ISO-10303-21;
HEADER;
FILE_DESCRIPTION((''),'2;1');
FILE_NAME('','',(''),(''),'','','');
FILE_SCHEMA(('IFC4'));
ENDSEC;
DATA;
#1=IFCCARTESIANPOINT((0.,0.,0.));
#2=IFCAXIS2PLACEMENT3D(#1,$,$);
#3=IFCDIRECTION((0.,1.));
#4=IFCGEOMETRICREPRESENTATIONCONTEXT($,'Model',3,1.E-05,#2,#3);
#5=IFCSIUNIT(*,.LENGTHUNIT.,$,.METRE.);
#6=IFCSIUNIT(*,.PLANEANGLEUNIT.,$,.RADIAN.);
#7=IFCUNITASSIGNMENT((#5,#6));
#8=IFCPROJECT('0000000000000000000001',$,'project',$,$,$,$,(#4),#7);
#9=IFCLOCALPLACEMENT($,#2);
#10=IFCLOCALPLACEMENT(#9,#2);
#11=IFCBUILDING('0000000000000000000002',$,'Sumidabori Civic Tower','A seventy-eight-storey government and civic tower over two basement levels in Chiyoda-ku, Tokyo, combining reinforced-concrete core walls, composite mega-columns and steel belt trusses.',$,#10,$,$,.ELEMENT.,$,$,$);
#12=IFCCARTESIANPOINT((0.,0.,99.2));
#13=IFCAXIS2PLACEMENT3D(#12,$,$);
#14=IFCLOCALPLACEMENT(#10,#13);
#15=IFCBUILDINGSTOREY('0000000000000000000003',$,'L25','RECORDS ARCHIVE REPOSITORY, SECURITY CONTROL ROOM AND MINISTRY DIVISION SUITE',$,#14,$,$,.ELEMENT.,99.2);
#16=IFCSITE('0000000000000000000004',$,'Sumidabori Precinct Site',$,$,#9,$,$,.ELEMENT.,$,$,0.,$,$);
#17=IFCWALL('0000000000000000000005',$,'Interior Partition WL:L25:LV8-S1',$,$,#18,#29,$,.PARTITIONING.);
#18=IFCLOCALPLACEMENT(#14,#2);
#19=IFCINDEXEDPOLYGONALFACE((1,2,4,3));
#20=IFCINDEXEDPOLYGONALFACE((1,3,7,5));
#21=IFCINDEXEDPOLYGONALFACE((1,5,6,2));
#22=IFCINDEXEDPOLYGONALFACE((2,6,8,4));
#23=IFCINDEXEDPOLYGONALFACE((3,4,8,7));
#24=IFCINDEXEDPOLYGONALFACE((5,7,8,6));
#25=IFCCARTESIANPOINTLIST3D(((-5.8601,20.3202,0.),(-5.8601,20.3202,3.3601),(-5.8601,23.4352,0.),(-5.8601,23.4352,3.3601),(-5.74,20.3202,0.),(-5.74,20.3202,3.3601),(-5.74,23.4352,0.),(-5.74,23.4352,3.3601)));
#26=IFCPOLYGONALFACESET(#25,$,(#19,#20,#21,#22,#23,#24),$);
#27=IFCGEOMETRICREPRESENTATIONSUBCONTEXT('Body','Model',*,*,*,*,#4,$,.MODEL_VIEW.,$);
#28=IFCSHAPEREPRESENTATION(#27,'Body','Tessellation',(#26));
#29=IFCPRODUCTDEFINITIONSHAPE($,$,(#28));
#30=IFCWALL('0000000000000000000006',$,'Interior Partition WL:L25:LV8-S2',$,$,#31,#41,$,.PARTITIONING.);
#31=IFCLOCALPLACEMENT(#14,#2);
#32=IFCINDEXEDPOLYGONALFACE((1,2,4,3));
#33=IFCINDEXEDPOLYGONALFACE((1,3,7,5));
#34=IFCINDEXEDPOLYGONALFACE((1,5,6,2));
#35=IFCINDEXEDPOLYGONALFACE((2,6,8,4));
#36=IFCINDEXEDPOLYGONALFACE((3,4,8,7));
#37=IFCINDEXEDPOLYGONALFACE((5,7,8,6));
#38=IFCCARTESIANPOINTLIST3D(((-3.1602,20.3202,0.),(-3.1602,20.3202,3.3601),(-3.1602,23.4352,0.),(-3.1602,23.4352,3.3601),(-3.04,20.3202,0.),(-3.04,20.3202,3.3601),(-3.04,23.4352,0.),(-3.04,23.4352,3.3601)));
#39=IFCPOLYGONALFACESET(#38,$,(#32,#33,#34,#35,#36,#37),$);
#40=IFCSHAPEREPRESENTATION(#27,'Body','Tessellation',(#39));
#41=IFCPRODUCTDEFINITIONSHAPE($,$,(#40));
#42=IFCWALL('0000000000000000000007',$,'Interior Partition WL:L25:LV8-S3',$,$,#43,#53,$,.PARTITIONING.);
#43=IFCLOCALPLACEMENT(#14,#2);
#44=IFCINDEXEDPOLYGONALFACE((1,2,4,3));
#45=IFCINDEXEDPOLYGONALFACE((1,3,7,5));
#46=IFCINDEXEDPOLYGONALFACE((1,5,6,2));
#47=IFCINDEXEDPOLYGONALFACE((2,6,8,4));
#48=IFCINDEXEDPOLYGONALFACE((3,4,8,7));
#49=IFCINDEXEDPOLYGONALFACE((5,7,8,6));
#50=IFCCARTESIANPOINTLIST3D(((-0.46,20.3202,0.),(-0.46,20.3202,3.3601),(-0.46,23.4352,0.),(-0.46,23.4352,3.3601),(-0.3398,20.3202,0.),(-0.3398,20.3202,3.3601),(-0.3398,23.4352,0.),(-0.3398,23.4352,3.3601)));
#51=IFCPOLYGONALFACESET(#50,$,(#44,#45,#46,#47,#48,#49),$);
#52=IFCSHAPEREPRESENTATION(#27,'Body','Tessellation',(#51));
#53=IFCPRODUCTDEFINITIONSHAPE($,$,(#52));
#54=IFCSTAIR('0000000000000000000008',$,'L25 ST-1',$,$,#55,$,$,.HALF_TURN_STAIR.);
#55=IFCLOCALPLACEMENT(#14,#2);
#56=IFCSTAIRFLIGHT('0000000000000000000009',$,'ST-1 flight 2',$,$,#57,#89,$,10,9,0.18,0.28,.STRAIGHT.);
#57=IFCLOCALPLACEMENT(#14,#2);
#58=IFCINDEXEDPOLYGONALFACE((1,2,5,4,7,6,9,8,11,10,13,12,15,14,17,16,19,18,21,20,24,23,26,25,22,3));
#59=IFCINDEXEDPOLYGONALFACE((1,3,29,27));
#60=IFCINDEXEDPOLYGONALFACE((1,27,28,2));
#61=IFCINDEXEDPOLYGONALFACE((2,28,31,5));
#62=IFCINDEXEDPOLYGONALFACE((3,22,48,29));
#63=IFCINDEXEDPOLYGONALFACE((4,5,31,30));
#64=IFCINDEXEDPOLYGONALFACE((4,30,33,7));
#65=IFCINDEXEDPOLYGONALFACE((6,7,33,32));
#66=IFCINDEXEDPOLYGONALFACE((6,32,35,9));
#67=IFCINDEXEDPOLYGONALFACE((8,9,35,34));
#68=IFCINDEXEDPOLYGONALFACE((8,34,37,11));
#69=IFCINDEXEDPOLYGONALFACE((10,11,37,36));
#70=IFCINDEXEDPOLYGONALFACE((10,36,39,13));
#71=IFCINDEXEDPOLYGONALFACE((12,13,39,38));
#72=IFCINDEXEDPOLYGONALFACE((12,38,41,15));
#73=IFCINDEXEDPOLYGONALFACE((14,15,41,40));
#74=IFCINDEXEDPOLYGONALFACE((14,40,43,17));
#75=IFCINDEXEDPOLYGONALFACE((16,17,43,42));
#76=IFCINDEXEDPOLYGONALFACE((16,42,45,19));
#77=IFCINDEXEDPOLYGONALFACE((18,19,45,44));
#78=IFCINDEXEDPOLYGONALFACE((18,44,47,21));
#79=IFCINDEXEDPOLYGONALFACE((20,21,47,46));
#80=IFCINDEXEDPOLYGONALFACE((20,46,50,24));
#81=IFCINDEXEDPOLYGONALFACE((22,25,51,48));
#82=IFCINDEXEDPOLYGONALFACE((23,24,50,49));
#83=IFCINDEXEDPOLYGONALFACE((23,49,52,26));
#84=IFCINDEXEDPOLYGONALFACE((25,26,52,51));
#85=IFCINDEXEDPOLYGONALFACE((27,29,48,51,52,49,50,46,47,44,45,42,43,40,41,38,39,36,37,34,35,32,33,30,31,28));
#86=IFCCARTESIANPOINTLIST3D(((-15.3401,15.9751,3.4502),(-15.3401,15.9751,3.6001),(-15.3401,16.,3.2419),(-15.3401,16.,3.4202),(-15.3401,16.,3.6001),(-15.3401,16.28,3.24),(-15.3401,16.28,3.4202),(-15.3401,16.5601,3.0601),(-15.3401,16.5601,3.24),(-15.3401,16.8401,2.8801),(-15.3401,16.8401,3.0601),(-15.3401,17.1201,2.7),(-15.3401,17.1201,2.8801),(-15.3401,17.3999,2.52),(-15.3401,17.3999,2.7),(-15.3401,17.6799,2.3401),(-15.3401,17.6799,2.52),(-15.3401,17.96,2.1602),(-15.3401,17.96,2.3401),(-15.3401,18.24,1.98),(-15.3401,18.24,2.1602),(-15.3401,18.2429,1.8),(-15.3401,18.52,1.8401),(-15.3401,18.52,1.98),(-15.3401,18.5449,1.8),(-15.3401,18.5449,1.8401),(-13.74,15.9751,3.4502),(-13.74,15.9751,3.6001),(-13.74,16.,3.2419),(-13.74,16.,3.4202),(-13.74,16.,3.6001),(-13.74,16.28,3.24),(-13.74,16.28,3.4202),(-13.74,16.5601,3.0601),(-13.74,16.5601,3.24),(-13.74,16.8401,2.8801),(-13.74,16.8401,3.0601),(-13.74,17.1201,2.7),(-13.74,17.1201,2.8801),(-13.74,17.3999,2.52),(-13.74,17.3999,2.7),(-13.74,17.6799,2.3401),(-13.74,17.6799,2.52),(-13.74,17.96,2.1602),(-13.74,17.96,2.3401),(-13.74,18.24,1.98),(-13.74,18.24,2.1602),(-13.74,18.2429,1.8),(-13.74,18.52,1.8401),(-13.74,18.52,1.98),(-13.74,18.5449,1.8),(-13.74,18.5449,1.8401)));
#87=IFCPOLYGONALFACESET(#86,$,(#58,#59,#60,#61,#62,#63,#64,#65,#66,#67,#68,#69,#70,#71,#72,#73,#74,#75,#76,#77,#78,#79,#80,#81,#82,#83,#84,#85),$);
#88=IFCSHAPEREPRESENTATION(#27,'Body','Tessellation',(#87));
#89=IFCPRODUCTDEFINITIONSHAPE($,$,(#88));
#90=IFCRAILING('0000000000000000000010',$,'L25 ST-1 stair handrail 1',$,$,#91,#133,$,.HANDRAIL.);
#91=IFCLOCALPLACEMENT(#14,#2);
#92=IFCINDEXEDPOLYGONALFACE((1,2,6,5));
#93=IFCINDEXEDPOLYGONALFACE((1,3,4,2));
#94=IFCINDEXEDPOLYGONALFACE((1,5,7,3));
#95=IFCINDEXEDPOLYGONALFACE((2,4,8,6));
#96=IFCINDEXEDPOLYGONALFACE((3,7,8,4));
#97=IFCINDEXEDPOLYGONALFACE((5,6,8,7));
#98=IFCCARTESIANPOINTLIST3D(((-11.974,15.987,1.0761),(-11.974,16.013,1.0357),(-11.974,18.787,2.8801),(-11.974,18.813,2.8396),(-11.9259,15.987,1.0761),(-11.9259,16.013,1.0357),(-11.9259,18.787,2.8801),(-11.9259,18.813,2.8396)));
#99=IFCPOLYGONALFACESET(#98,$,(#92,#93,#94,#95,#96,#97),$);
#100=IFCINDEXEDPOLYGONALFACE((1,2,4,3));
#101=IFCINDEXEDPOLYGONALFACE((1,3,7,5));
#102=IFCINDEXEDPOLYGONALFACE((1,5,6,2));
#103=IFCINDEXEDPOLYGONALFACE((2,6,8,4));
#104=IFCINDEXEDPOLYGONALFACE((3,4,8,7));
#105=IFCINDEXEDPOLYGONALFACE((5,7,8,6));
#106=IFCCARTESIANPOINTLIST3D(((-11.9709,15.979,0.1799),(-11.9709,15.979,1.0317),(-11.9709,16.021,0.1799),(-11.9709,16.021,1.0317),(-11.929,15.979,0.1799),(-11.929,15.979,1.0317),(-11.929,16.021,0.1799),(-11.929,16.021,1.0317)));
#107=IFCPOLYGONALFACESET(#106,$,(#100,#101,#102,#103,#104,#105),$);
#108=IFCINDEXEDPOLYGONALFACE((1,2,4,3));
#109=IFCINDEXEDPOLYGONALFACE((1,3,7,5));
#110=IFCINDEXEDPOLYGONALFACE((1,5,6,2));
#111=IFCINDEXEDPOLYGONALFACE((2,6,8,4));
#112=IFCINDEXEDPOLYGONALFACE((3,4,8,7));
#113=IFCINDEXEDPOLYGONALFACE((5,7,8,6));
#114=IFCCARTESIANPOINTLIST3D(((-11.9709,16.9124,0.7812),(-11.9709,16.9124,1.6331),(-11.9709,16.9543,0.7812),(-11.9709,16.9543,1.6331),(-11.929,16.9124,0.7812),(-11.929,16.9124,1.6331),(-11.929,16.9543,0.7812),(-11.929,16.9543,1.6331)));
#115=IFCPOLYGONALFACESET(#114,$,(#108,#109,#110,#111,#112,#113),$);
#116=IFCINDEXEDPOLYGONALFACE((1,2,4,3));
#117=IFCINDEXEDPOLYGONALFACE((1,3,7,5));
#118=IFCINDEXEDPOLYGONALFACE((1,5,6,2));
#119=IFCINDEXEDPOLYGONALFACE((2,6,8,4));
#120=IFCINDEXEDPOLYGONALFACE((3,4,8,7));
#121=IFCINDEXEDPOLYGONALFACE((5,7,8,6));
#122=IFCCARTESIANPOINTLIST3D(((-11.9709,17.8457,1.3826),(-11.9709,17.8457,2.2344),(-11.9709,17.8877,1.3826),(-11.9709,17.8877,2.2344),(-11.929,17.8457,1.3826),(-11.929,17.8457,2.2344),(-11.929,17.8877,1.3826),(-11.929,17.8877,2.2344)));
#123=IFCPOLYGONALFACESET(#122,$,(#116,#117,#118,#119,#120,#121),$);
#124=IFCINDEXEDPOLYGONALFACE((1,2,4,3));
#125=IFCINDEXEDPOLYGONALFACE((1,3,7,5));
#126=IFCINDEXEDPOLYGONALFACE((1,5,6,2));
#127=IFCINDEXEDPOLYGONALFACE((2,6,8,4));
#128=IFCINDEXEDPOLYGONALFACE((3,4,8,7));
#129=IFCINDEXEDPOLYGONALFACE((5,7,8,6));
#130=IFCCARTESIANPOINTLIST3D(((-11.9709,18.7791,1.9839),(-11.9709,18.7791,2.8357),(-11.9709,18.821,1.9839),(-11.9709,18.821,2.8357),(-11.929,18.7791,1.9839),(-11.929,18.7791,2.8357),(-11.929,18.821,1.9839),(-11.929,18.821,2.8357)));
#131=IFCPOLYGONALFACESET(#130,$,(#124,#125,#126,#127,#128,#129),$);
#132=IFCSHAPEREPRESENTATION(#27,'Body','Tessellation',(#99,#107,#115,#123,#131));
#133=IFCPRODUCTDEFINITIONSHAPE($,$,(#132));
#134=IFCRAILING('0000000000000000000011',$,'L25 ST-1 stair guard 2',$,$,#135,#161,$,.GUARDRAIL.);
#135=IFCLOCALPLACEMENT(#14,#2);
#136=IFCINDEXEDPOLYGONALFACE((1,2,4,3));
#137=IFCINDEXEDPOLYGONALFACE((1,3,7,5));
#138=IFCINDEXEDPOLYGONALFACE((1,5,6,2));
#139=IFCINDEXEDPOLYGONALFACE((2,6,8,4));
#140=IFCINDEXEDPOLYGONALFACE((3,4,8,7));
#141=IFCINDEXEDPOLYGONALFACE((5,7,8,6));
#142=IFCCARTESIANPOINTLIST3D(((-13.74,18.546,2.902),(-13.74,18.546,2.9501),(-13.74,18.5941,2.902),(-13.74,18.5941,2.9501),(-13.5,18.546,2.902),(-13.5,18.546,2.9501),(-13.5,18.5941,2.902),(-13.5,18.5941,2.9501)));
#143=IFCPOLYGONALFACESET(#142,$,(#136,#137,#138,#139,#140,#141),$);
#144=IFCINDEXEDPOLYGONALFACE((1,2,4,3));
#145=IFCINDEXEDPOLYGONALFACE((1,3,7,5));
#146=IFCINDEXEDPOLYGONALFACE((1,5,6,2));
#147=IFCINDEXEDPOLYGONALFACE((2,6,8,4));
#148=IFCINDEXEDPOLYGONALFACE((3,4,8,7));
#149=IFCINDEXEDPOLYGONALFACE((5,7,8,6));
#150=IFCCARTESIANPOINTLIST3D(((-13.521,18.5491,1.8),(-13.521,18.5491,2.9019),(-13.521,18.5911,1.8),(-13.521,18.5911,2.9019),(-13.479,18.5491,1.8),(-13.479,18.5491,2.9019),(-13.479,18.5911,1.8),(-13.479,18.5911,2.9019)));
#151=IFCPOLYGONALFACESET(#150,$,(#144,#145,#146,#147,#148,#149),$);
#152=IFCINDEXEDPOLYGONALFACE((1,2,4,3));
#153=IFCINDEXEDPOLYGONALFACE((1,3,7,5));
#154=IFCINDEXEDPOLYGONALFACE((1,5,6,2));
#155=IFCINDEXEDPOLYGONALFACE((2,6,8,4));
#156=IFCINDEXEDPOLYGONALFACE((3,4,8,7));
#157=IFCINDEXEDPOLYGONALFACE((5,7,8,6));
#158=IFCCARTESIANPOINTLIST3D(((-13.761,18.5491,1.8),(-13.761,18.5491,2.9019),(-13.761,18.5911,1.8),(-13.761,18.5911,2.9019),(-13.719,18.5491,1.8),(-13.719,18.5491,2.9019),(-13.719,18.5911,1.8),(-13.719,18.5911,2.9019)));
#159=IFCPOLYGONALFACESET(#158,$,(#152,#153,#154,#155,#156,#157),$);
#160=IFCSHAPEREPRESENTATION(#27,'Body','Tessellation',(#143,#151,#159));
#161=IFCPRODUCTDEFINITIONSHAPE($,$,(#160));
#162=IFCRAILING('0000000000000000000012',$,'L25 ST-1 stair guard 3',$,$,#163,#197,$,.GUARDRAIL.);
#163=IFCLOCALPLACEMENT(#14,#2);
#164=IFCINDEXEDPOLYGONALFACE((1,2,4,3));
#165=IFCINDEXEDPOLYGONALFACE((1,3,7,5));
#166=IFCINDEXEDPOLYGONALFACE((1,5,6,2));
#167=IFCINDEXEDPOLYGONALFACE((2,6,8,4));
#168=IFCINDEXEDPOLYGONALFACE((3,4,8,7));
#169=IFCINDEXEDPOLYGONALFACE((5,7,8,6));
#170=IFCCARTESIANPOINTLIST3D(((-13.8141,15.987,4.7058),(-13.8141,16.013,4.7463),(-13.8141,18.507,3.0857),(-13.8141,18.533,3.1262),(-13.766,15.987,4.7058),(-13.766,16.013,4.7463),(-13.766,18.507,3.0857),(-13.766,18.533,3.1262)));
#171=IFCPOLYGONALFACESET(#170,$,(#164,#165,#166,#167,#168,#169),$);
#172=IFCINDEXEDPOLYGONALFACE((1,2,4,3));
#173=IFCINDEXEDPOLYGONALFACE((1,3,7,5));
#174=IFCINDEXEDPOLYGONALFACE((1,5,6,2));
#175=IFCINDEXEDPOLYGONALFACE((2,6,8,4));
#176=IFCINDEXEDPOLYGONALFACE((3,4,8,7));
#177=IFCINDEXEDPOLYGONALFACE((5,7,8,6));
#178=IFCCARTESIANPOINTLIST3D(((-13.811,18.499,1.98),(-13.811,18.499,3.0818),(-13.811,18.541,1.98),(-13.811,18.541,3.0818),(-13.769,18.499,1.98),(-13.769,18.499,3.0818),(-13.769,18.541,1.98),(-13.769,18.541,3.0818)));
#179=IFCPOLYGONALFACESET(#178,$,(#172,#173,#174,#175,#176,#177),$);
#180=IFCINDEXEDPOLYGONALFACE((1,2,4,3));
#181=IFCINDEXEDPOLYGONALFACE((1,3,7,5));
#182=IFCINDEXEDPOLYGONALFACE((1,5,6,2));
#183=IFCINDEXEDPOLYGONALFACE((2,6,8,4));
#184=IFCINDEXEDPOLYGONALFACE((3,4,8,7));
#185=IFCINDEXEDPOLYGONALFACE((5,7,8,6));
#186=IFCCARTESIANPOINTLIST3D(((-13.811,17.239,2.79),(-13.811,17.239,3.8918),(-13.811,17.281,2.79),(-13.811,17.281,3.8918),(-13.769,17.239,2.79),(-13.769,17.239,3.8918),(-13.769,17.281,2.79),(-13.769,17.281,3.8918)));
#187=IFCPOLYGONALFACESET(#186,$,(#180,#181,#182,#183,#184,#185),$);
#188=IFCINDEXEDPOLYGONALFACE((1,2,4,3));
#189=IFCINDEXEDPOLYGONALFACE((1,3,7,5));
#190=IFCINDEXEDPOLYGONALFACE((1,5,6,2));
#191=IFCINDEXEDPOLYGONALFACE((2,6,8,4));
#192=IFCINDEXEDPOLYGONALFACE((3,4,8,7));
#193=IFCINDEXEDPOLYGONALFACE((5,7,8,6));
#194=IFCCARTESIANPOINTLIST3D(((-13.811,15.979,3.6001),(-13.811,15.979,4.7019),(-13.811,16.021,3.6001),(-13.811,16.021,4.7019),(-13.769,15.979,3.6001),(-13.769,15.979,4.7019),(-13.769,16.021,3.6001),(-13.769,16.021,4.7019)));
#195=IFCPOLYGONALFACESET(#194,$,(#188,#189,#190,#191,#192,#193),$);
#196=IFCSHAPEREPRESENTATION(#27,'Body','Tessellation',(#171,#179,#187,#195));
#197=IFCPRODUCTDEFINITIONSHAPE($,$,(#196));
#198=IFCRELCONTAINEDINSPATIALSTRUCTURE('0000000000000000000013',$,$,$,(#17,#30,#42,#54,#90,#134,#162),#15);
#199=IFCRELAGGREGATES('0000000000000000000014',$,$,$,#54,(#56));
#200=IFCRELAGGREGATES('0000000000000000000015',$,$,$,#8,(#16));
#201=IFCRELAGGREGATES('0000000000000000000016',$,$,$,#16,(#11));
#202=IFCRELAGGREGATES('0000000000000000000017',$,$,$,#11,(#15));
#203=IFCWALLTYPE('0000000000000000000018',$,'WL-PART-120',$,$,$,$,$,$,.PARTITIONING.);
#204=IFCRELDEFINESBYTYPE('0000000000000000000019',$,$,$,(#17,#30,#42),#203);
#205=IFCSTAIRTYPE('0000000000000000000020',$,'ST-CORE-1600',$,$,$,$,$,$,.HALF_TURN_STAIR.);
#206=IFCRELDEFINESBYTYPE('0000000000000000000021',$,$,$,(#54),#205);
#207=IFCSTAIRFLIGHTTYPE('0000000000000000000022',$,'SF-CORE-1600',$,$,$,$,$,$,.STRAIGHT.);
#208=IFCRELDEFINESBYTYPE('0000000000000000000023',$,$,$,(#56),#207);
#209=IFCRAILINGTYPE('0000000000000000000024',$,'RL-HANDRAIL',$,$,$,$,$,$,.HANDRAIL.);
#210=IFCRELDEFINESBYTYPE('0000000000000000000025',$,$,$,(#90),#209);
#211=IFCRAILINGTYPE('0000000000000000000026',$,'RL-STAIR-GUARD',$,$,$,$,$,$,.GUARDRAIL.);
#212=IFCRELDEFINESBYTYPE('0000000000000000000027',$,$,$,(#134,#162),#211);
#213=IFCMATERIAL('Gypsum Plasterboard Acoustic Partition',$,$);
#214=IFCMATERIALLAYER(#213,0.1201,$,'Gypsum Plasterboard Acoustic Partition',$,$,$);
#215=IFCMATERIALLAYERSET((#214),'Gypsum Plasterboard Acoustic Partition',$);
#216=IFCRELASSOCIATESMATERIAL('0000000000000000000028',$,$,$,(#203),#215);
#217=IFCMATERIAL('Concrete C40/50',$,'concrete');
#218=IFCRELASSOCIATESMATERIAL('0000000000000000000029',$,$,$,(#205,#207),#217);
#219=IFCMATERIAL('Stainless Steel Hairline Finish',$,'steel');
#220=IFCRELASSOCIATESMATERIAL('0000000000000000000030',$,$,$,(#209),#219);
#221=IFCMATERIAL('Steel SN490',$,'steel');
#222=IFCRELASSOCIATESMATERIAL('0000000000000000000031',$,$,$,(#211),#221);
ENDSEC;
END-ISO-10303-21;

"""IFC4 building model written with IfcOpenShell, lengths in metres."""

from ifc_helpers import new_model, si_unit, direction, frame, frame_2d, origin, origin_2d, place, context, subcontext, project, spatial, polyline, rectangle, outline, extrude, source, transform, mapped, material, layer, layer_set, type_object, element, aggregate, save


model = new_model("IFC4")

# Units and contexts
model_context = context("Model", 3, precision=1e-05, world=origin(), true_north=direction((0.0, 1.0)))
body_context = subcontext(model_context, "Body", "Model", "MODEL_VIEW")
ifc_project = project(units=[si_unit("LENGTHUNIT", "METRE"), si_unit("PLANEANGLEUNIT", "RADIAN")], contexts=[model_context])

# Site, building, storey
site_placement = place(None, origin())
site = spatial("IfcSite", under=ifc_project, at=site_placement, Name="Sumidabori Precinct Site", CompositionType="ELEMENT", RefElevation=0.0)
building_placement = place(site_placement, origin())
building = spatial("IfcBuilding", under=site, at=building_placement, Name="Sumidabori Civic Tower", Description="A seventy-eight-storey government and civic tower over two basement levels in Chiyoda-ku, Tokyo, combining reinforced-concrete core walls, composite mega-columns and steel belt trusses.", CompositionType="ELEMENT")
storey_placement = place(building_placement, frame((0.0, 0.0, 99.2)))
storey = spatial("IfcBuildingStorey", under=building, at=storey_placement, Name="L25", Description="RECORDS ARCHIVE REPOSITORY, SECURITY CONTROL ROOM AND MINISTRY DIVISION SUITE", CompositionType="ELEMENT", Elevation=99.2)

# Shared definitions
ifc_material_1 = material(Name="Gypsum Plasterboard Acoustic Partition")

# Walls
ifc_layer_1 = layer(ifc_material_1, 0.1201, Name="Gypsum Plasterboard Acoustic Partition")
ifc_layer_set_1 = layer_set([ifc_layer_1], Name="Gypsum Plasterboard Acoustic Partition")
wall_type_1 = type_object("IfcWallType", Name="WL-PART-120", PredefinedType="PARTITIONING", material=ifc_layer_set_1)
shared_shape_1 = source(origin(), body_context, "Body", "SweptSolid", [
    extrude(rectangle(XDim=3.115, YDim=0.1201, at=frame_2d((1.5576, 0.0))), origin(), (0.0, 0.0, 1.0), 3.3601),
])
for number, where, z_axis, x_axis, name in (
    (1, (-5.8, 20.3201, 0.0), (0.0, 0.0, 1.0), (0.0, 1.0, 0.0), "Interior Partition WL:L25:LV8-S1"),
    (2, (-3.1001, 20.3201, 0.0), (0.0, 0.0, 1.0), (0.0, 1.0, 0.0), "Interior Partition WL:L25:LV8-S2"),
    (3, (-0.3999, 20.3201, 0.0), (0.0, 0.0, 1.0), (0.0, 1.0, 0.0), "Interior Partition WL:L25:LV8-S3"),
):
    element("IfcWall", number, at=place(storey_placement, frame(where, z_axis=z_axis, x_axis=x_axis)), inside=storey, type_object=wall_type_1, Name=name, PredefinedType="PARTITIONING", context=body_context, shape_type="MappedRepresentation", body=[
        mapped(shared_shape_1, transform((0.0, 0.0, 0.0), x_axis=(1.0, 0.0, 0.0), y_axis=(0.0, 1.0, 0.0), z_axis=(0.0, 0.0, 1.0), scale=1.0)),
    ])

# Stair, stair flight
ifc_material_2 = material(Name="Concrete C40/50", Category="concrete")
stair_type = type_object("IfcStairType", Name="ST-CORE-1600", PredefinedType="HALF_TURN_STAIR", material=ifc_material_2)
stair_placement = place(storey_placement, origin())
stair = element("IfcStair", 4, at=stair_placement, inside=storey, type_object=stair_type, Name="L25 ST-1", PredefinedType="HALF_TURN_STAIR")
stair_flight_type = type_object("IfcStairFlightType", Name="SF-CORE-1600", PredefinedType="STRAIGHT", material=ifc_material_2)
shared_shape_2 = source(origin(), body_context, "Body", "SweptSolid", [
    extrude(outline(polyline([(-0.0249, 0.0), (-0.0249, 0.04), (0.0, 0.04), (0.0, 0.1799), (0.28, 0.1799), (0.28, 0.3601), (0.5601, 0.3601), (0.5601, 0.54), (0.8401, 0.54), (0.8401, 0.72), (1.1201, 0.72), (1.1201, 0.8999), (1.3999, 0.8999), (1.3999, 1.0801), (1.6799, 1.0801), (1.6799, 1.26), (1.96, 1.26), (1.96, 1.4399), (2.24, 1.4399), (2.24, 1.6201), (2.52, 1.6201), (2.52, 1.8), (2.5449, 1.8), (2.5449, 1.6501), (2.52, 1.4419), (0.2771, 0.0), (-0.0249, 0.0)])), frame((0.0, 0.8, 0.0), z_axis=(0.0, -1.0, 0.0), x_axis=(1.0, 0.0, 0.0)), (0.0, 0.0, 1.0), 1.6001),
])
stair_flight_placement = place(storey_placement, frame((-14.54, 18.52, 1.8), z_axis=(0.0, 0.0, 1.0), x_axis=(0.0, -1.0, 0.0)))
stair_flight = element("IfcStairFlight", 5, at=stair_flight_placement, type_object=stair_flight_type, Name="ST-1 flight 2", NumberOfRisers=10, NumberOfTreads=9, PredefinedType="STRAIGHT", RiserHeight=0.18, TreadLength=0.28, context=body_context, shape_type="MappedRepresentation", body=[
    mapped(shared_shape_2, transform((0.0, 0.0, 0.0), x_axis=(1.0, 0.0, 0.0), y_axis=(0.0, 1.0, 0.0), z_axis=(0.0, 0.0, 1.0), scale=1.0)),
])
aggregate(stair, [stair_flight])

# Railings
ifc_material_3 = material(Name="Stainless Steel Hairline Finish", Category="steel")
railing_type_1 = type_object("IfcRailingType", Name="RL-HANDRAIL", PredefinedType="HANDRAIL", material=ifc_material_3)
railing_1_placement = place(storey_placement, frame((-11.95, 16.0, 0.1799)))
element("IfcRailing", 6, at=railing_1_placement, inside=storey, type_object=railing_type_1, Name="L25 ST-1 stair handrail 1", PredefinedType="HANDRAIL", context=body_context, shape_type="SweptSolid", body=[
    extrude(rectangle(XDim=0.0481, YDim=0.0481, at=origin_2d()), frame((0.0, 0.0, 0.876), z_axis=(0.0, 0.840642, 0.541591), x_axis=(-1.0, 0.0, 0.0)), (0.0, 0.0, 1.0), 3.3308),
    extrude(rectangle(XDim=0.042, YDim=0.042, at=origin_2d()), origin(), (0.0, 0.0, 1.0), 0.8518),
    extrude(rectangle(XDim=0.042, YDim=0.042, at=origin_2d()), frame((0.0, 0.9333, 0.6013)), (0.0, 0.0, 1.0), 0.8518),
    extrude(rectangle(XDim=0.042, YDim=0.042, at=origin_2d()), frame((0.0, 1.8667, 1.2026)), (0.0, 0.0, 1.0), 0.8518),
    extrude(rectangle(XDim=0.042, YDim=0.042, at=origin_2d()), frame((0.0, 2.8, 1.804)), (0.0, 0.0, 1.0), 0.8518),
])
ifc_material_4 = material(Name="Steel SN490", Category="steel")
railing_type_2 = type_object("IfcRailingType", Name="RL-STAIR-GUARD", PredefinedType="GUARDRAIL", material=ifc_material_4)
railing_2_placement = place(storey_placement, frame((-13.5, 18.5701, 1.8)))
element("IfcRailing", 7, at=railing_2_placement, inside=storey, type_object=railing_type_2, Name="L25 ST-1 stair guard 2", PredefinedType="GUARDRAIL", context=body_context, shape_type="SweptSolid", body=[
    extrude(rectangle(XDim=0.0481, YDim=0.0481, at=origin_2d()), frame((0.0, 0.0, 1.126), z_axis=(-1.0, 0.0, 0.0), x_axis=(0.0, -1.0, 0.0)), (0.0, 0.0, 1.0), 0.24),
    extrude(rectangle(XDim=0.042, YDim=0.042, at=origin_2d()), origin(), (0.0, 0.0, 1.0), 1.1018),
    extrude(rectangle(XDim=0.042, YDim=0.042, at=origin_2d()), frame((-0.24, 0.0, 0.0)), (0.0, 0.0, 1.0), 1.1018),
])
railing_3_placement = place(storey_placement, frame((-13.79, 18.52, 1.98)))
element("IfcRailing", 8, at=railing_3_placement, inside=storey, type_object=railing_type_2, Name="L25 ST-1 stair guard 3", PredefinedType="GUARDRAIL", context=body_context, shape_type="SweptSolid", body=[
    extrude(rectangle(XDim=0.0481, YDim=0.0481, at=origin_2d()), frame((0.0, 0.0, 1.126), z_axis=(0.0, -0.841163, 0.540782), x_axis=(1.0, 0.0, 0.0)), (0.0, 0.0, 1.0), 2.9958),
    extrude(rectangle(XDim=0.042, YDim=0.042, at=origin_2d()), origin(), (0.0, 0.0, 1.0), 1.1018),
    extrude(rectangle(XDim=0.042, YDim=0.042, at=origin_2d()), frame((0.0, -1.26, 0.8101)), (0.0, 0.0, 1.0), 1.1018),
    extrude(rectangle(XDim=0.042, YDim=0.042, at=origin_2d()), frame((0.0, -2.52, 1.6201)), (0.0, 0.0, 1.0), 1.1018),
])

save(model, "model.ifc")
